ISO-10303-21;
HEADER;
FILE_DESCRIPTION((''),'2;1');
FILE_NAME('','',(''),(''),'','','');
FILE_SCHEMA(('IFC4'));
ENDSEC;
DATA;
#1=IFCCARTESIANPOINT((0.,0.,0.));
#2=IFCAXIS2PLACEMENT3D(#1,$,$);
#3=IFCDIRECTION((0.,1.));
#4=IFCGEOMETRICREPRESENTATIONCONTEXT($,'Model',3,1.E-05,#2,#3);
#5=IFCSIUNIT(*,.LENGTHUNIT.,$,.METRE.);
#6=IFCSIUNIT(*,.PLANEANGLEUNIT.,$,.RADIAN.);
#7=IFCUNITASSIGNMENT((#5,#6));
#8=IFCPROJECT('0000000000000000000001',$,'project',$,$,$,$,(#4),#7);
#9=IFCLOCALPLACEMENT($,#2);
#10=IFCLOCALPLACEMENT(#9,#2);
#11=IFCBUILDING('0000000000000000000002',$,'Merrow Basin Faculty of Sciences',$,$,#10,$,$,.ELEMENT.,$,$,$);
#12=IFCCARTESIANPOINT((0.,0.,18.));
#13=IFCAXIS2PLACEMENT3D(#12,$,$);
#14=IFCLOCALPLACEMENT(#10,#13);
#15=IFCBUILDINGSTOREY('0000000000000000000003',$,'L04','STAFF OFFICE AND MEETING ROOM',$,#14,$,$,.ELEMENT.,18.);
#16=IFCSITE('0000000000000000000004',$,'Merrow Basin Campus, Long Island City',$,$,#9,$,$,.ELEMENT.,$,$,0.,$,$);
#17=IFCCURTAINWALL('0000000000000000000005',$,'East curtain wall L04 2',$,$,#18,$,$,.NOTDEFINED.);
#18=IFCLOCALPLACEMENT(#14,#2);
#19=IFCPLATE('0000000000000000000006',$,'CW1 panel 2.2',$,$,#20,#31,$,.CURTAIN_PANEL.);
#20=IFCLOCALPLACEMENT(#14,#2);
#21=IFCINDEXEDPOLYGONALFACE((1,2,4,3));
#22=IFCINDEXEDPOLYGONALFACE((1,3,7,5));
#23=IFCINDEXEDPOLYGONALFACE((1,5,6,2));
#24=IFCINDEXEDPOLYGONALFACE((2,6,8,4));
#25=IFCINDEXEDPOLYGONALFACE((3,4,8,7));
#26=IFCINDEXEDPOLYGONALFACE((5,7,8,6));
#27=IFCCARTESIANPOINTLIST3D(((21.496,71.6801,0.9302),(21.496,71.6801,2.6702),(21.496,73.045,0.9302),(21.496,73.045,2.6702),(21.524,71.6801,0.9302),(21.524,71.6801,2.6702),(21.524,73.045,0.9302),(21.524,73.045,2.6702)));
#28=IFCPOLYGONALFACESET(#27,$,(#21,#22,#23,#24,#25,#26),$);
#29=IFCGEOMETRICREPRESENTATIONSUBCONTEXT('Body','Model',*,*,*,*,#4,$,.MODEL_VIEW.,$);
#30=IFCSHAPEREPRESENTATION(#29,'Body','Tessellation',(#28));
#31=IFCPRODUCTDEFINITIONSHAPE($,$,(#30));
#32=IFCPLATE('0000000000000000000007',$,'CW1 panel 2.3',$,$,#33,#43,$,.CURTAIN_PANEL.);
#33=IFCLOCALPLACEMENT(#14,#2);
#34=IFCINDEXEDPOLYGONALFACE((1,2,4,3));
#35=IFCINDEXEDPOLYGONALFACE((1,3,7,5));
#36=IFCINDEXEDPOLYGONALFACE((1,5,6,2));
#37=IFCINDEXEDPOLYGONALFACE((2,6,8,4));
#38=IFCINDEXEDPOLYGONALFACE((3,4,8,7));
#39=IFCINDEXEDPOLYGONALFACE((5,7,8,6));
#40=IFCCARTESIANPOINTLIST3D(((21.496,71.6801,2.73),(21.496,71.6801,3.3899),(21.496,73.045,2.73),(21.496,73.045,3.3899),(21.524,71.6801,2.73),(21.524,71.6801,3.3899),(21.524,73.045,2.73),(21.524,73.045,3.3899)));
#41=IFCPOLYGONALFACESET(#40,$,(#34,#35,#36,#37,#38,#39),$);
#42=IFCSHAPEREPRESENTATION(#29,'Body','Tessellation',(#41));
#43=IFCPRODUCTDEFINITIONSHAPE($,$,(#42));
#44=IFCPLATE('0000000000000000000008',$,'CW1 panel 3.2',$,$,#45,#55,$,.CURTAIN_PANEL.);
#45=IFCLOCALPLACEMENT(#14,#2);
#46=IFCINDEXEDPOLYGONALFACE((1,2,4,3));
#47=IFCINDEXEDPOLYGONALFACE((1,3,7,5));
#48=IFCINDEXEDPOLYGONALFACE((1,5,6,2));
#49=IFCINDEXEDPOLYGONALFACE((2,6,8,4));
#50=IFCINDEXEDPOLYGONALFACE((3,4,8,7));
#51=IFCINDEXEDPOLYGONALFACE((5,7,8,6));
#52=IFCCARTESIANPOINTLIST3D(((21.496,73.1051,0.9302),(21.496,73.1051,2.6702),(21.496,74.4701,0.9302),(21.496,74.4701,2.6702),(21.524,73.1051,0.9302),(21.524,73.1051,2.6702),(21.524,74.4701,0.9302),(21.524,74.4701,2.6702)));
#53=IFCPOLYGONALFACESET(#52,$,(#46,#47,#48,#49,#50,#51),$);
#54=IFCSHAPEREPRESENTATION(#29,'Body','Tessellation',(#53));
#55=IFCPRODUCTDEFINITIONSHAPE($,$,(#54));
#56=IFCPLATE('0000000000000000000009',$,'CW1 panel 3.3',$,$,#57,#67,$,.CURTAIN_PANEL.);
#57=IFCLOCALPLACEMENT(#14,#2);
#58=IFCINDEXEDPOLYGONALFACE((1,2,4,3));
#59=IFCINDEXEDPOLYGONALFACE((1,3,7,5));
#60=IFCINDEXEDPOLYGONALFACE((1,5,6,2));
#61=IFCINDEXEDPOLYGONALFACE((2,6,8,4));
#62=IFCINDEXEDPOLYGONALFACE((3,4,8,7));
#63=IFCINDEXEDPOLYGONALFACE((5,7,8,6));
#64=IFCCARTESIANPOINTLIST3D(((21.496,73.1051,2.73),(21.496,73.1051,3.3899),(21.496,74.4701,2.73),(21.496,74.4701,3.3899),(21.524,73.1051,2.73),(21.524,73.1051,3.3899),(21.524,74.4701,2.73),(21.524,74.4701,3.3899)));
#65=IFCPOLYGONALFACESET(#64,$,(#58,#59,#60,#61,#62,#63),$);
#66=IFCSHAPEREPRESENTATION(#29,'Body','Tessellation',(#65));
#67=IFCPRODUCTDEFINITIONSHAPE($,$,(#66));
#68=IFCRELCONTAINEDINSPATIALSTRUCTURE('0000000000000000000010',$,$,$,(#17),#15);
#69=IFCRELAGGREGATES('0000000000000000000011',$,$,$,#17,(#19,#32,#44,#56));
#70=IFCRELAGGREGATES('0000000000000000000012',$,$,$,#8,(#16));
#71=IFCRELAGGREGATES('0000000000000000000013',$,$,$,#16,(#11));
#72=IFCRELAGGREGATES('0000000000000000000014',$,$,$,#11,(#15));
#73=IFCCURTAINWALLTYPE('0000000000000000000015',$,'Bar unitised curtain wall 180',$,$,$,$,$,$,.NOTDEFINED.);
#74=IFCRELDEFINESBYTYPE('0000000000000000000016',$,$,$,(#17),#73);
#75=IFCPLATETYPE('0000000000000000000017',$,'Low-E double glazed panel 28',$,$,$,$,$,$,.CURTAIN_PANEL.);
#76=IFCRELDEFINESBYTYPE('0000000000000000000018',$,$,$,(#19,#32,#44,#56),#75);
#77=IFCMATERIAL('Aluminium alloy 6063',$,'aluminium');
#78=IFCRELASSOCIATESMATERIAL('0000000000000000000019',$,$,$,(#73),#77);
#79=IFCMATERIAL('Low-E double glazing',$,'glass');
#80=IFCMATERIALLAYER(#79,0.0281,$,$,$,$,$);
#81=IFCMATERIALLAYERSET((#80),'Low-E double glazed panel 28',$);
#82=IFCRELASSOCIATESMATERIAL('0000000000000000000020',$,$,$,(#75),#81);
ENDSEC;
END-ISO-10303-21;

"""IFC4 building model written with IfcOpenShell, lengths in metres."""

from ifc_helpers import new_model, si_unit, direction, frame, origin, origin_2d, place, context, subcontext, project, spatial, rectangle, extrude, material, layer, layer_set, type_object, element, aggregate, save


model = new_model("IFC4")

# Units and contexts
model_context = context("Model", 3, precision=1e-05, world=origin(), true_north=direction((0.0, 1.0)))
body_context = subcontext(model_context, "Body", "Model", "MODEL_VIEW")
ifc_project = project(units=[si_unit("LENGTHUNIT", "METRE"), si_unit("PLANEANGLEUNIT", "RADIAN")], contexts=[model_context])

# Site, building, storey
site_placement = place(None, origin())
site = spatial("IfcSite", under=ifc_project, at=site_placement, Name="Merrow Basin Campus, Long Island City", CompositionType="ELEMENT", RefElevation=0.0)
building_placement = place(site_placement, origin())
building = spatial("IfcBuilding", under=site, at=building_placement, Name="Merrow Basin Faculty of Sciences", CompositionType="ELEMENT")
storey_placement = place(building_placement, frame((0.0, 0.0, 18.0)))
storey = spatial("IfcBuildingStorey", under=building, at=storey_placement, Name="L04", Description="STAFF OFFICE AND MEETING ROOM", CompositionType="ELEMENT", Elevation=18.0)

# Shared definitions
ifc_material_1 = material(Name="Aluminium alloy 6063", Category="aluminium")
curtain_wall_type = type_object("IfcCurtainWallType", Name="Bar unitised curtain wall 180", PredefinedType="NOTDEFINED", material=ifc_material_1)

# Curtain wall
curtain_wall_1_placement = place(storey_placement, origin())
curtain_wall_1 = element("IfcCurtainWall", 1, at=curtain_wall_1_placement, inside=storey, type_object=curtain_wall_type, Name="East curtain wall L04 2", PredefinedType="NOTDEFINED")

# Plates
ifc_material_2 = material(Name="Low-E double glazing", Category="glass")
ifc_layer_1 = layer(ifc_material_2, 0.0281)
ifc_layer_set_1 = layer_set([ifc_layer_1], Name="Low-E double glazed panel 28")
plate_type_1 = type_object("IfcPlateType", Name="Low-E double glazed panel 28", PredefinedType="CURTAIN_PANEL", material=ifc_layer_set_1)
plate_1_placement = place(storey_placement, frame((21.51, 72.3625, 0.9302), z_axis=(0.0, 0.0, 1.0), x_axis=(0.0, 1.0, 0.0)))
plate_1 = element("IfcPlate", 2, at=plate_1_placement, type_object=plate_type_1, Name="CW1 panel 2.2", PredefinedType="CURTAIN_PANEL", context=body_context, shape_type="SweptSolid", body=[
    extrude(rectangle(XDim=1.365, YDim=0.0281, at=origin_2d()), origin(), (0.0, 0.0, 1.0), 1.74),
])
plate_2_placement = place(storey_placement, frame((21.51, 72.3625, 2.73), z_axis=(0.0, 0.0, 1.0), x_axis=(0.0, 1.0, 0.0)))
plate_2 = element("IfcPlate", 3, at=plate_2_placement, type_object=plate_type_1, Name="CW1 panel 2.3", PredefinedType="CURTAIN_PANEL", context=body_context, shape_type="SweptSolid", body=[
    extrude(rectangle(XDim=1.365, YDim=0.0281, at=origin_2d()), origin(), (0.0, 0.0, 1.0), 0.6599),
])
plate_3_placement = place(storey_placement, frame((21.51, 73.7876, 0.9302), z_axis=(0.0, 0.0, 1.0), x_axis=(0.0, 1.0, 0.0)))
plate_3 = element("IfcPlate", 4, at=plate_3_placement, type_object=plate_type_1, Name="CW1 panel 3.2", PredefinedType="CURTAIN_PANEL", context=body_context, shape_type="SweptSolid", body=[
    extrude(rectangle(XDim=1.365, YDim=0.0281, at=origin_2d()), origin(), (0.0, 0.0, 1.0), 1.74),
])
plate_4_placement = place(storey_placement, frame((21.51, 73.7876, 2.73), z_axis=(0.0, 0.0, 1.0), x_axis=(0.0, 1.0, 0.0)))
plate_4 = element("IfcPlate", 5, at=plate_4_placement, type_object=plate_type_1, Name="CW1 panel 3.3", PredefinedType="CURTAIN_PANEL", context=body_context, shape_type="SweptSolid", body=[
    extrude(rectangle(XDim=1.365, YDim=0.0281, at=origin_2d()), origin(), (0.0, 0.0, 1.0), 0.6599),
])
aggregate(curtain_wall_1, [plate_1, plate_2, plate_3, plate_4])

save(model, "model.ifc")
